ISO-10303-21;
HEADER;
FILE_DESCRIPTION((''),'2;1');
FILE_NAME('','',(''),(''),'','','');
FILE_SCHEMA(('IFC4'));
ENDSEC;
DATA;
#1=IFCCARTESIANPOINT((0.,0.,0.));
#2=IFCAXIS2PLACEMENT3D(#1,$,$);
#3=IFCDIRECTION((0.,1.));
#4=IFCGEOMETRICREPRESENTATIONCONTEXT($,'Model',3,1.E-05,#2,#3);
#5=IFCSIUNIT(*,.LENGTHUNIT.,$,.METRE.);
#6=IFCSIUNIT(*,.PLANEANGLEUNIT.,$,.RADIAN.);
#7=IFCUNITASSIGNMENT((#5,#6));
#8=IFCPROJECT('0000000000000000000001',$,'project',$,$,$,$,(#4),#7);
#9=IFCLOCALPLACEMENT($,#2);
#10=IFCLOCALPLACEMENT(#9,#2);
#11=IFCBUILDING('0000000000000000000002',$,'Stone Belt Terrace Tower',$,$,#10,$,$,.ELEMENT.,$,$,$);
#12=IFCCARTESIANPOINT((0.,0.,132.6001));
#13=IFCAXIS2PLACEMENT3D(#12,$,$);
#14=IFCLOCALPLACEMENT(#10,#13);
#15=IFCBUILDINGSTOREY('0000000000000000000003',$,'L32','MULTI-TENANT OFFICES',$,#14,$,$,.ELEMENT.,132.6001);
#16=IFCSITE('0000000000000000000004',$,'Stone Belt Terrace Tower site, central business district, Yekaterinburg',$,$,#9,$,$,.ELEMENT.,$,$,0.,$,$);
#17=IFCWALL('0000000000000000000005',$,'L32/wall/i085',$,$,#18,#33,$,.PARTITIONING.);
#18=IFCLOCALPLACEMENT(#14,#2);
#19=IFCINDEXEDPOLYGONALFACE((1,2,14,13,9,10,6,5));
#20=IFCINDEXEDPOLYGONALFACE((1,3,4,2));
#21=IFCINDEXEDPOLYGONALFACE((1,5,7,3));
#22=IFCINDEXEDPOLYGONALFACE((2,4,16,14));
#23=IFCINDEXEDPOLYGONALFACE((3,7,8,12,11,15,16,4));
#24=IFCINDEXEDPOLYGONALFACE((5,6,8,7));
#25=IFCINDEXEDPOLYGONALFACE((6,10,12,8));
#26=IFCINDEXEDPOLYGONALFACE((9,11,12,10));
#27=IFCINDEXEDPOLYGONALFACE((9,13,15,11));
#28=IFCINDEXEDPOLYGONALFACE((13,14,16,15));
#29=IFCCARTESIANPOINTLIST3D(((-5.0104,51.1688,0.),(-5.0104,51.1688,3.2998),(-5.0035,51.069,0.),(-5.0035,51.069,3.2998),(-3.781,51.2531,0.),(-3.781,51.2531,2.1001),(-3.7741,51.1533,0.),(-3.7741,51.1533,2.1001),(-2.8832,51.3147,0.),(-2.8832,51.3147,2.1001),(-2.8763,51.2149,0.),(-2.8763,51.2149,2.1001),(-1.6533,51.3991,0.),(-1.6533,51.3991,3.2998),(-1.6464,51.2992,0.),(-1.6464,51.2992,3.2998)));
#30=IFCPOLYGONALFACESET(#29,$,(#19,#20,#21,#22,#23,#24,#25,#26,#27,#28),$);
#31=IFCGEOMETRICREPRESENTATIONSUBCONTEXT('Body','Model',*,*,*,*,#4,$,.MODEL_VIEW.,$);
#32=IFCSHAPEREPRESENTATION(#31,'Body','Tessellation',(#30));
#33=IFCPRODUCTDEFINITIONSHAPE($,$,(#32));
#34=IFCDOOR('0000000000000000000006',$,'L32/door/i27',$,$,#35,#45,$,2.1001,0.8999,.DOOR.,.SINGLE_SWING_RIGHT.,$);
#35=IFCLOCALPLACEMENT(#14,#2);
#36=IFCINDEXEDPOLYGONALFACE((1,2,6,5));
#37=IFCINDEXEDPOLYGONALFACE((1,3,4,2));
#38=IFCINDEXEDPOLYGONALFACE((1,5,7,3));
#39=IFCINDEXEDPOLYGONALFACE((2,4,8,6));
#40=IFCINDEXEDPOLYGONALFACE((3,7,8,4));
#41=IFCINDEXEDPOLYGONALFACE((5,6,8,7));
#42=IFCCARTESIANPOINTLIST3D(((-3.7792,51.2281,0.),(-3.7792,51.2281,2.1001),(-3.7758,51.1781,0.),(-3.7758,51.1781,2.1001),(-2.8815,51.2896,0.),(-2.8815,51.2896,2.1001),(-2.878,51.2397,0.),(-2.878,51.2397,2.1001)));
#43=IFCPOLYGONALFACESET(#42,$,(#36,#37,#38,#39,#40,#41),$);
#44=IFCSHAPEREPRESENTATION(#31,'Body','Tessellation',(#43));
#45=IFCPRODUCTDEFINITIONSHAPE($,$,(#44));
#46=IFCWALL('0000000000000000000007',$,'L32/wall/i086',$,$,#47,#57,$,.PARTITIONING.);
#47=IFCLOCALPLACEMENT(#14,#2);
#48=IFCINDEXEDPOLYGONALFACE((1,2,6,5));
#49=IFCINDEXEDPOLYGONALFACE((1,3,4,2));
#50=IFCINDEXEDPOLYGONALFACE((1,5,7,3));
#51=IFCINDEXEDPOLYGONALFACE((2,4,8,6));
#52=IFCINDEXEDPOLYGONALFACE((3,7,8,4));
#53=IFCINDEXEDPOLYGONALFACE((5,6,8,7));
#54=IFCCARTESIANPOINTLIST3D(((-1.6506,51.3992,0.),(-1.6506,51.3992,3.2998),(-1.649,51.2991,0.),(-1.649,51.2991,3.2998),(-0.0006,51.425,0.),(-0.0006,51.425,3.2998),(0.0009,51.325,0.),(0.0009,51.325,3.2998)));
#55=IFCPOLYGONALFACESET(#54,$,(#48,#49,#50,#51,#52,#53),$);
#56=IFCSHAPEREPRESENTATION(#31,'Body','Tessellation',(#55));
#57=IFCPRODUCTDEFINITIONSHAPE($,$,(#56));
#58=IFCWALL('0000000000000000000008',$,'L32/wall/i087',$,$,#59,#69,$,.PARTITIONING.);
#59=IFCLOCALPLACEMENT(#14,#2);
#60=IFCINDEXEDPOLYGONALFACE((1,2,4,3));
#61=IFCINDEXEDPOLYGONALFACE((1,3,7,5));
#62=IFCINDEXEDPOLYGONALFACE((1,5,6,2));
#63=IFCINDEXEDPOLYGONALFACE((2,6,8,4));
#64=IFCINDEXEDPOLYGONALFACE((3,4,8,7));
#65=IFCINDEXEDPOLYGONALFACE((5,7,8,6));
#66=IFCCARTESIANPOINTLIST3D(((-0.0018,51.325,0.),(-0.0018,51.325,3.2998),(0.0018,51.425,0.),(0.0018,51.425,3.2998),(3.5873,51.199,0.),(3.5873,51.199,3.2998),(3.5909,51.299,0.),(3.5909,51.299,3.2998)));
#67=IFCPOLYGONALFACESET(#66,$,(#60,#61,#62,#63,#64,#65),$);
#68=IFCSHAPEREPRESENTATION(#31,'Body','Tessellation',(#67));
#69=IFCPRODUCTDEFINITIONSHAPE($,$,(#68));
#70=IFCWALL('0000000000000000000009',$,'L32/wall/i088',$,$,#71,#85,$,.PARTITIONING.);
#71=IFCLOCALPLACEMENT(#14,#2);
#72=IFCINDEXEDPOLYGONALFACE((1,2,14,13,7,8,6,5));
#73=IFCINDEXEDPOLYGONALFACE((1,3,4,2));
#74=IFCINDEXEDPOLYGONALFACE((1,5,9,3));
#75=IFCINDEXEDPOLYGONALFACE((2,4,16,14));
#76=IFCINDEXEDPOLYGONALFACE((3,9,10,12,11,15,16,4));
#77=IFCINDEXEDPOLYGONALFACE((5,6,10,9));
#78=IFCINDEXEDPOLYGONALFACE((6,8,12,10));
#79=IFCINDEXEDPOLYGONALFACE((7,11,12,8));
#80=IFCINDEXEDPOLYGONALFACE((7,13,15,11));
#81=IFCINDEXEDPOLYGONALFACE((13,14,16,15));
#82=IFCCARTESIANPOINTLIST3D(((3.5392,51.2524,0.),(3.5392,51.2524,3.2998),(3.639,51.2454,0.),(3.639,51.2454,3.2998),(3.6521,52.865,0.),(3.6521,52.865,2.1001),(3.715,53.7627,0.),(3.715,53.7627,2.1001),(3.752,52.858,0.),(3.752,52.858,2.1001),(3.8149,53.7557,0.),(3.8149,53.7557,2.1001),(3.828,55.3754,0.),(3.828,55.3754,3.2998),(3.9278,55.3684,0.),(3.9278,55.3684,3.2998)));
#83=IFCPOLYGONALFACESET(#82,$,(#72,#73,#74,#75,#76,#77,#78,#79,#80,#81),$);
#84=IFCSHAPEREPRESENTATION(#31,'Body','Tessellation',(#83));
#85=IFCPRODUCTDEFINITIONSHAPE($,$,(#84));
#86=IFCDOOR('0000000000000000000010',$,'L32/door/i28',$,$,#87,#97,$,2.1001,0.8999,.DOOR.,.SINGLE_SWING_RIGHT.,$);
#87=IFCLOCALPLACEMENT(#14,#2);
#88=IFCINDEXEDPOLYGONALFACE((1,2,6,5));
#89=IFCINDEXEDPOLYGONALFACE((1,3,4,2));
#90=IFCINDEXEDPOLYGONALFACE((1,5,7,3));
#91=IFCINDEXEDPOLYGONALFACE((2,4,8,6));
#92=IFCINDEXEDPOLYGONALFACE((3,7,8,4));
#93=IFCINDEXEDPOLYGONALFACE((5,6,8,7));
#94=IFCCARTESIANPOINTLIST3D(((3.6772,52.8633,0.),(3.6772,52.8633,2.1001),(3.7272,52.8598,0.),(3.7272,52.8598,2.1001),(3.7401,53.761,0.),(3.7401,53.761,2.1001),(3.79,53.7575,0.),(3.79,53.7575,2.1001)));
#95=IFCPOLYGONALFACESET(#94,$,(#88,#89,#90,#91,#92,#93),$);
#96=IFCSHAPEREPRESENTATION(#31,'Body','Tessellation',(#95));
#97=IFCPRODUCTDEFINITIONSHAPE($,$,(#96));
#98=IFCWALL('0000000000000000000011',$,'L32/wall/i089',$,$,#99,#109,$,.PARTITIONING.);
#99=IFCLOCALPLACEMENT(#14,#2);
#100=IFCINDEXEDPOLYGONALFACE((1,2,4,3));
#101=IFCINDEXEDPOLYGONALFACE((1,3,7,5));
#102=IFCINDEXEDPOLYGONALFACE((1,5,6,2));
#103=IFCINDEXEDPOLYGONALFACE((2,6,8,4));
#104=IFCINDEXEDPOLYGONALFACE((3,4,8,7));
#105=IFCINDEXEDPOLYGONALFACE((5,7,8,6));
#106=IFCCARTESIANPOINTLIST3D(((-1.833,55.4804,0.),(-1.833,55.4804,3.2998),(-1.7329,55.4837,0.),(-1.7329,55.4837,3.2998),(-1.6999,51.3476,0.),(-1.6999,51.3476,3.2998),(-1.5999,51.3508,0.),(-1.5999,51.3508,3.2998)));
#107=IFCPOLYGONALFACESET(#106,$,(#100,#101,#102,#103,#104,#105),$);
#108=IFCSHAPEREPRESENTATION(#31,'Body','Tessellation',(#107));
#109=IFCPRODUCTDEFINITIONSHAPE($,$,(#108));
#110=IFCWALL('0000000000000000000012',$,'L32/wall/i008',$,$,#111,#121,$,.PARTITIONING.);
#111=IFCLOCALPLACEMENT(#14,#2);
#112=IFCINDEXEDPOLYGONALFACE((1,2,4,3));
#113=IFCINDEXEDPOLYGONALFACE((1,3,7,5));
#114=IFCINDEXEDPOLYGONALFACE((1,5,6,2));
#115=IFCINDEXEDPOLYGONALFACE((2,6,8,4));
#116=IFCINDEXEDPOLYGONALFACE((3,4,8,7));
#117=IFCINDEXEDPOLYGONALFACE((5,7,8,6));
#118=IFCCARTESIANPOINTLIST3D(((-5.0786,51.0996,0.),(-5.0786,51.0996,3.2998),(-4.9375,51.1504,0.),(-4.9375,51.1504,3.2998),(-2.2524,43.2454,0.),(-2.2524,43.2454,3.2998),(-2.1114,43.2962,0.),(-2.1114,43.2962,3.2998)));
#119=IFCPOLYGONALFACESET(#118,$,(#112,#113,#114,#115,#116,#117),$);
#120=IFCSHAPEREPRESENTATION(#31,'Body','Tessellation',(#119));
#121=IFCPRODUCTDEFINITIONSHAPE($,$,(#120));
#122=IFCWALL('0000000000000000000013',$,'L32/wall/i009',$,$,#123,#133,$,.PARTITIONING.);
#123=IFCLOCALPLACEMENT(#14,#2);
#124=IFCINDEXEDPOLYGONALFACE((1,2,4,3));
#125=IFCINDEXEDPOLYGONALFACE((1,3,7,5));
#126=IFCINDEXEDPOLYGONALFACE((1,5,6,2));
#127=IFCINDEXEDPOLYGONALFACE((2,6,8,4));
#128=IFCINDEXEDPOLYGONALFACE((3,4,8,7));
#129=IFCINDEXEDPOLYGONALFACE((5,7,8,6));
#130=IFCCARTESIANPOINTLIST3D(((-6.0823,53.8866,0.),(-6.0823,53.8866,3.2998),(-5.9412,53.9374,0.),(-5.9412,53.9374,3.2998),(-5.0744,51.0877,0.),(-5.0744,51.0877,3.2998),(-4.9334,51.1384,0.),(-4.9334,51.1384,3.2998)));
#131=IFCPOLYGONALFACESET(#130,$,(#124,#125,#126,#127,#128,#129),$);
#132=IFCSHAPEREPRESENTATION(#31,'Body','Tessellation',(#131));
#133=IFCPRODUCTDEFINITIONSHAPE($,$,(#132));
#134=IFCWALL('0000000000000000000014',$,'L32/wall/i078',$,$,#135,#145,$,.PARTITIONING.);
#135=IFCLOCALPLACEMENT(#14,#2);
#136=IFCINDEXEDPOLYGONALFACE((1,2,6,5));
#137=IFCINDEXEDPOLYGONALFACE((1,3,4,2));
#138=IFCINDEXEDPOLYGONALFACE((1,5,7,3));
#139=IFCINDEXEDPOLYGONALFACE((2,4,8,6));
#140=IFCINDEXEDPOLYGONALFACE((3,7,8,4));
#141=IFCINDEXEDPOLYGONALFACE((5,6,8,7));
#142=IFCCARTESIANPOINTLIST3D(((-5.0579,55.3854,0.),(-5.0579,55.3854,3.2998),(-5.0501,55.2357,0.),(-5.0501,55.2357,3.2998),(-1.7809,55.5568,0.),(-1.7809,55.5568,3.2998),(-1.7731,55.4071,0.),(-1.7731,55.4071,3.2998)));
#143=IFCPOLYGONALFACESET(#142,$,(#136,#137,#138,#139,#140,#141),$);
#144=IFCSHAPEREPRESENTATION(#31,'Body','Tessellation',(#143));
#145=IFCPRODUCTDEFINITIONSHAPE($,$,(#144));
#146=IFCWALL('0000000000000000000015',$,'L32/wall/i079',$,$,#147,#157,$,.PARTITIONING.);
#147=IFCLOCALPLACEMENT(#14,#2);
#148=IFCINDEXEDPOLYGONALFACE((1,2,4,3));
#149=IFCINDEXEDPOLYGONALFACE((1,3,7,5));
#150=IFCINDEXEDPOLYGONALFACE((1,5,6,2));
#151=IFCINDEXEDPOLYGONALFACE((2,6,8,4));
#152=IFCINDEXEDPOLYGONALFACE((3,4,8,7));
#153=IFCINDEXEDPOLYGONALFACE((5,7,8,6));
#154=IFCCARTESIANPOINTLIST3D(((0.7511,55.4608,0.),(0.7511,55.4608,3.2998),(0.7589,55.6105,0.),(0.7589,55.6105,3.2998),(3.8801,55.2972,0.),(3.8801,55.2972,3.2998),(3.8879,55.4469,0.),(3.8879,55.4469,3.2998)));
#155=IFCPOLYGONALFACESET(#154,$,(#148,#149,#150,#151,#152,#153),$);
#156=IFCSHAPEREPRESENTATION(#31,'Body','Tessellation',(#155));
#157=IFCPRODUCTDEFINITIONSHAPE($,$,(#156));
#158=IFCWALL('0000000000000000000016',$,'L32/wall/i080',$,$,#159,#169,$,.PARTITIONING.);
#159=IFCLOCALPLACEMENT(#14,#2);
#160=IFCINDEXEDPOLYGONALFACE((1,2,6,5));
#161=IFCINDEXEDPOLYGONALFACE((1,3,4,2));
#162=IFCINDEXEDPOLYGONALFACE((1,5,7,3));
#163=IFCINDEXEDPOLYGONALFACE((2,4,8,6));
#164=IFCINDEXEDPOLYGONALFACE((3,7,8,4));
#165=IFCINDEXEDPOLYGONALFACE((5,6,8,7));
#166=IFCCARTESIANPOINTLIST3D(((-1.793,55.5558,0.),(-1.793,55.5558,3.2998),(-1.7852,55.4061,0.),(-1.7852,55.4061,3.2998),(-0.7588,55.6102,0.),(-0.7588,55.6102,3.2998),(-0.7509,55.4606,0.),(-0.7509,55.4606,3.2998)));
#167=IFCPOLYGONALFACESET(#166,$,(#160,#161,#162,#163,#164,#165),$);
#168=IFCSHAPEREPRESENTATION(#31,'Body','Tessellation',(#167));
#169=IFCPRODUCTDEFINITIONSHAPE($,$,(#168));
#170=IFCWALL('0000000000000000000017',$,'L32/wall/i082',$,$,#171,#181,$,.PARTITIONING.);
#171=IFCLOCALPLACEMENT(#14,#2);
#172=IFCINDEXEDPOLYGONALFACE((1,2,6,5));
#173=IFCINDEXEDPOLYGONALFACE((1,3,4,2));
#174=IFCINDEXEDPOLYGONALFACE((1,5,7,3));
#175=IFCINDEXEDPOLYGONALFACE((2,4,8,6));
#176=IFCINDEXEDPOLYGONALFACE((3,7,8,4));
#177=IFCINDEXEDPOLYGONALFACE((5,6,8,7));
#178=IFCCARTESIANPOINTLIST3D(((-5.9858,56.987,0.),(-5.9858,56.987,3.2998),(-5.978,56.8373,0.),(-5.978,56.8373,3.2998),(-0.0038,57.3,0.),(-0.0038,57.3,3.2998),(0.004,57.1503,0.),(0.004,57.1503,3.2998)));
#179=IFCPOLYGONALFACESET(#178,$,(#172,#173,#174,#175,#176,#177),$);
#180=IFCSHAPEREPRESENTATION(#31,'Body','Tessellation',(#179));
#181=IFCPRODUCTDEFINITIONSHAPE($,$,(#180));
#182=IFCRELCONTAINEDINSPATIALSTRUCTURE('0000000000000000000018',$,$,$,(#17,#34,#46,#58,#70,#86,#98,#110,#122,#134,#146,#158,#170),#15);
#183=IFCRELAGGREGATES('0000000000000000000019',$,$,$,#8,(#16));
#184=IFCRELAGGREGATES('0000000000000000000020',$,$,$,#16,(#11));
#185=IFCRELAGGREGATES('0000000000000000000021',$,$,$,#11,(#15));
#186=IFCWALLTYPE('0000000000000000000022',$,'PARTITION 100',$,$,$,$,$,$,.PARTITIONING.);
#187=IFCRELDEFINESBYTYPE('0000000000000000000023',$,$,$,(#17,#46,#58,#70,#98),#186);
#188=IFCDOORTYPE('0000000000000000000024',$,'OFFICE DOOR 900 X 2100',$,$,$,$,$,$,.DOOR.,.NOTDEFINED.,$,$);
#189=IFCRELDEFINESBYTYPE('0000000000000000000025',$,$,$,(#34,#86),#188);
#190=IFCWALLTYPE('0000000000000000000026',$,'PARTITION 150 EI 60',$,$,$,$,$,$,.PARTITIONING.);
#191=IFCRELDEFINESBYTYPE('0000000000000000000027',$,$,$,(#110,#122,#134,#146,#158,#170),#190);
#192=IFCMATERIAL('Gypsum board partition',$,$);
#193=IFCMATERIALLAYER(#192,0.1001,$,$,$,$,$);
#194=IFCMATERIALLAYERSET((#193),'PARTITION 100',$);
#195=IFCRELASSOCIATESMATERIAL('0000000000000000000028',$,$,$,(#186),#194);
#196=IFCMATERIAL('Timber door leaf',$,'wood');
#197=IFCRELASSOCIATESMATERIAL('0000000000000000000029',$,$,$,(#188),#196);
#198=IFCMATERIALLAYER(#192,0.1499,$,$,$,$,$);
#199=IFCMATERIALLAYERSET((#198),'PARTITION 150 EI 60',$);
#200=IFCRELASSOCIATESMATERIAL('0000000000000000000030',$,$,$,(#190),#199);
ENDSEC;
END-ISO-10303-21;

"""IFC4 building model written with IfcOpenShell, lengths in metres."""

from ifc_helpers import new_model, si_unit, direction, frame, frame_2d, origin, place, context, subcontext, project, spatial, rectangle, extrude, material, layer, layer_set, type_object, element, fill, save


model = new_model("IFC4")

# Units and contexts
model_context = context("Model", 3, precision=1e-05, world=origin(), true_north=direction((0.0, 1.0)))
body_context = subcontext(model_context, "Body", "Model", "MODEL_VIEW")
ifc_project = project(units=[si_unit("LENGTHUNIT", "METRE"), si_unit("PLANEANGLEUNIT", "RADIAN")], contexts=[model_context])

# Site, building, storey
site_placement = place(None, origin())
site = spatial("IfcSite", under=ifc_project, at=site_placement, Name="Stone Belt Terrace Tower site, central business district, Yekaterinburg", CompositionType="ELEMENT", RefElevation=0.0)
building_placement = place(site_placement, origin())
building = spatial("IfcBuilding", under=site, at=building_placement, Name="Stone Belt Terrace Tower", CompositionType="ELEMENT")
storey_placement = place(building_placement, frame((0.0, 0.0, 132.6001)))
storey = spatial("IfcBuildingStorey", under=building, at=storey_placement, Name="L32", Description="MULTI-TENANT OFFICES", CompositionType="ELEMENT", Elevation=132.6001)

# Wall, opening, door
ifc_material_1 = material(Name="Gypsum board partition")
ifc_layer_1 = layer(ifc_material_1, 0.1001)
ifc_layer_set_1 = layer_set([ifc_layer_1], Name="PARTITION 100")
wall_type_1 = type_object("IfcWallType", Name="PARTITION 100", PredefinedType="PARTITIONING", material=ifc_layer_set_1)
wall_1_placement = place(storey_placement, frame((-5.0071, 51.1189, 0.0), z_axis=(0.0, 0.0, 1.0), x_axis=(0.997657, 0.068416, 0.0)))
wall_1 = element("IfcWall", 1, at=wall_1_placement, inside=storey, type_object=wall_type_1, Name="L32/wall/i085", PredefinedType="PARTITIONING", context=body_context, shape_type="SweptSolid", body=[
    extrude(rectangle(XDim=3.365, YDim=0.1001, at=frame_2d((1.6826, 0.0))), origin(), (0.0, 0.0, 1.0), 3.2998),
])
opening_1_placement = place(wall_1_placement, frame((1.2324, 0.0, 0.0)))
opening_1 = element("IfcOpeningElement", 2, at=opening_1_placement, cuts=wall_1, PredefinedType="OPENING", context=body_context, shape_type="SweptSolid", body=[
    extrude(rectangle(XDim=0.8999, YDim=2.1001, at=frame_2d((0.45, 1.05))), frame((0.0, 0.0601, 0.0), z_axis=(0.0, -1.0, 0.0), x_axis=(1.0, 0.0, 0.0)), (0.0, 0.0, 1.0), 0.1201),
])
ifc_material_2 = material(Name="Timber door leaf", Category="wood")
door_type = type_object("IfcDoorType", Name="OFFICE DOOR 900 X 2100", OperationType="NOTDEFINED", PredefinedType="DOOR", material=ifc_material_2)
door_1_placement = place(opening_1_placement, origin())
door_1 = element("IfcDoor", 3, at=door_1_placement, inside=storey, type_object=door_type, Name="L32/door/i27", OperationType="SINGLE_SWING_RIGHT", OverallHeight=2.1001, OverallWidth=0.8999, PredefinedType="DOOR", context=body_context, shape_type="SweptSolid", body=[
    extrude(rectangle(XDim=0.8999, YDim=2.1001, at=frame_2d((0.45, 1.05))), frame((0.0, 0.0249, 0.0), z_axis=(0.0, -1.0, 0.0), x_axis=(1.0, 0.0, 0.0)), (0.0, 0.0, 1.0), 0.05),
])
fill(opening_1, door_1)

# Walls
wall_2_placement = place(storey_placement, frame((-1.6499, 51.3491, 0.0), z_axis=(0.0, 0.0, 1.0), x_axis=(0.999877, 0.015683, 0.0)))
element("IfcWall", 4, at=wall_2_placement, inside=storey, type_object=wall_type_1, Name="L32/wall/i086", PredefinedType="PARTITIONING", context=body_context, shape_type="SweptSolid", body=[
    extrude(rectangle(XDim=1.6501, YDim=0.1001, at=frame_2d((0.8252, 0.0))), origin(), (0.0, 0.0, 1.0), 3.2998),
])
wall_3_placement = place(storey_placement, frame((0.0, 51.375, 0.0), z_axis=(0.0, 0.0, 1.0), x_axis=(0.999385, -0.035078, 0.0)))
element("IfcWall", 5, at=wall_3_placement, inside=storey, type_object=wall_type_1, Name="L32/wall/i087", PredefinedType="PARTITIONING", context=body_context, shape_type="SweptSolid", body=[
    extrude(rectangle(XDim=3.5913, YDim=0.1001, at=frame_2d((1.7957, 0.0))), origin(), (0.0, 0.0, 1.0), 3.2998),
])

# Wall, opening, door
wall_4_placement = place(storey_placement, frame((3.5891, 51.249, 0.0), z_axis=(0.0, 0.0, 1.0), x_axis=(0.069879, 0.997556, 0.0)))
wall_4 = element("IfcWall", 6, at=wall_4_placement, inside=storey, type_object=wall_type_1, Name="L32/wall/i088", PredefinedType="PARTITIONING", context=body_context, shape_type="SweptSolid", body=[
    extrude(rectangle(XDim=4.1331, YDim=0.1001, at=frame_2d((2.0664, 0.0))), origin(), (0.0, 0.0, 1.0), 3.2998),
])
opening_2_placement = place(wall_4_placement, frame((1.6165, 0.0, 0.0)))
opening_2 = element("IfcOpeningElement", 7, at=opening_2_placement, cuts=wall_4, PredefinedType="OPENING", context=body_context, shape_type="SweptSolid", body=[
    extrude(rectangle(XDim=0.8999, YDim=2.1001, at=frame_2d((0.45, 1.05))), frame((0.0, 0.0601, 0.0), z_axis=(0.0, -1.0, 0.0), x_axis=(1.0, 0.0, 0.0)), (0.0, 0.0, 1.0), 0.1201),
])
door_2_placement = place(opening_2_placement, origin())
door_2 = element("IfcDoor", 8, at=door_2_placement, inside=storey, type_object=door_type, Name="L32/door/i28", OperationType="SINGLE_SWING_RIGHT", OverallHeight=2.1001, OverallWidth=0.8999, PredefinedType="DOOR", context=body_context, shape_type="SweptSolid", body=[
    extrude(rectangle(XDim=0.8999, YDim=2.1001, at=frame_2d((0.45, 1.05))), frame((0.0, 0.0249, 0.0), z_axis=(0.0, -1.0, 0.0), x_axis=(1.0, 0.0, 0.0)), (0.0, 0.0, 1.0), 0.05),
])
fill(opening_2, door_2)

# Walls
wall_5_placement = place(storey_placement, frame((-1.783, 55.4819, 0.0), z_axis=(0.0, 0.0, 1.0), x_axis=(0.032179, -0.999482, 0.0)))
element("IfcWall", 9, at=wall_5_placement, inside=storey, type_object=wall_type_1, Name="L32/wall/i089", PredefinedType="PARTITIONING", context=body_context, shape_type="SweptSolid", body=[
    extrude(rectangle(XDim=4.135, YDim=0.1001, at=frame_2d((2.0674, 0.0))), origin(), (0.0, 0.0, 1.0), 3.2998),
])
ifc_layer_2 = layer(ifc_material_1, 0.1499)
ifc_layer_set_2 = layer_set([ifc_layer_2], Name="PARTITION 150 EI 60")
wall_type_2 = type_object("IfcWallType", Name="PARTITION 150 EI 60", PredefinedType="PARTITIONING", material=ifc_layer_set_2)
wall_6_placement = place(storey_placement, frame((-5.0081, 51.125, 0.0), z_axis=(0.0, 0.0, 1.0), x_axis=(0.338576, -0.940939, 0.0)))
element("IfcWall", 10, at=wall_6_placement, inside=storey, type_object=wall_type_2, Name="L32/wall/i008", PredefinedType="PARTITIONING", context=body_context, shape_type="SweptSolid", body=[
    extrude(rectangle(XDim=8.3472, YDim=0.1499, at=frame_2d((4.1736, 0.0))), origin(), (0.0, 0.0, 1.0), 3.2998),
])
wall_7_placement = place(storey_placement, frame((-6.0117, 53.9119, 0.0), z_axis=(0.0, 0.0, 1.0), x_axis=(0.338789, -0.940862, 0.0)))
element("IfcWall", 11, at=wall_7_placement, inside=storey, type_object=wall_type_2, Name="L32/wall/i009", PredefinedType="PARTITIONING", context=body_context, shape_type="SweptSolid", body=[
    extrude(rectangle(XDim=2.9749, YDim=0.1499, at=frame_2d((1.4873, 0.0))), origin(), (0.0, 0.0, 1.0), 3.2998),
])
wall_8_placement = place(storey_placement, frame((-1.7771, 55.4819, 0.0), z_axis=(0.0, 0.0, 1.0), x_axis=(-0.998635, -0.052227, 0.0)))
element("IfcWall", 12, at=wall_8_placement, inside=storey, type_object=wall_type_2, Name="L32/wall/i078", PredefinedType="PARTITIONING", context=body_context, shape_type="SweptSolid", body=[
    extrude(rectangle(XDim=3.2815, YDim=0.1499, at=frame_2d((1.6406, 0.0))), origin(), (0.0, 0.0, 1.0), 3.2998),
])
wall_9_placement = place(storey_placement, frame((3.884, 55.3721, 0.0), z_axis=(0.0, 0.0, 1.0), x_axis=(-0.998636, 0.052203, 0.0)))
element("IfcWall", 13, at=wall_9_placement, inside=storey, type_object=wall_type_2, Name="L32/wall/i079", PredefinedType="PARTITIONING", context=body_context, shape_type="SweptSolid", body=[
    extrude(rectangle(XDim=3.1333, YDim=0.1499, at=frame_2d((1.5667, 0.0))), origin(), (0.0, 0.0, 1.0), 3.2998),
])
wall_10_placement = place(storey_placement, frame((-0.7549, 55.5354, 0.0), z_axis=(0.0, 0.0, 1.0), x_axis=(-0.998617, -0.052571, 0.0)))
element("IfcWall", 14, at=wall_10_placement, inside=storey, type_object=wall_type_2, Name="L32/wall/i080", PredefinedType="PARTITIONING", context=body_context, shape_type="SweptSolid", body=[
    extrude(rectangle(XDim=1.0356, YDim=0.1499, at=frame_2d((0.5178, 0.0))), origin(), (0.0, 0.0, 1.0), 3.2998),
])
for number, where, z_axis, x_axis, name in (
    (15, (-5.9819, 56.9121, 0.0), (0.0, 0.0, 1.0), (0.998634, 0.052251, 0.0), "L32/wall/i082"),
):
    element("IfcWall", number, at=place(storey_placement, frame(where, z_axis=z_axis, x_axis=x_axis)), inside=storey, type_object=wall_type_2, Name=name, PredefinedType="PARTITIONING", context=body_context, shape_type="SweptSolid", body=[
        extrude(rectangle(XDim=5.9902, YDim=0.1499, at=frame_2d((2.9951, 0.0))), origin(), (0.0, 0.0, 1.0), 3.2998),
    ])

save(model, "model.ifc")
